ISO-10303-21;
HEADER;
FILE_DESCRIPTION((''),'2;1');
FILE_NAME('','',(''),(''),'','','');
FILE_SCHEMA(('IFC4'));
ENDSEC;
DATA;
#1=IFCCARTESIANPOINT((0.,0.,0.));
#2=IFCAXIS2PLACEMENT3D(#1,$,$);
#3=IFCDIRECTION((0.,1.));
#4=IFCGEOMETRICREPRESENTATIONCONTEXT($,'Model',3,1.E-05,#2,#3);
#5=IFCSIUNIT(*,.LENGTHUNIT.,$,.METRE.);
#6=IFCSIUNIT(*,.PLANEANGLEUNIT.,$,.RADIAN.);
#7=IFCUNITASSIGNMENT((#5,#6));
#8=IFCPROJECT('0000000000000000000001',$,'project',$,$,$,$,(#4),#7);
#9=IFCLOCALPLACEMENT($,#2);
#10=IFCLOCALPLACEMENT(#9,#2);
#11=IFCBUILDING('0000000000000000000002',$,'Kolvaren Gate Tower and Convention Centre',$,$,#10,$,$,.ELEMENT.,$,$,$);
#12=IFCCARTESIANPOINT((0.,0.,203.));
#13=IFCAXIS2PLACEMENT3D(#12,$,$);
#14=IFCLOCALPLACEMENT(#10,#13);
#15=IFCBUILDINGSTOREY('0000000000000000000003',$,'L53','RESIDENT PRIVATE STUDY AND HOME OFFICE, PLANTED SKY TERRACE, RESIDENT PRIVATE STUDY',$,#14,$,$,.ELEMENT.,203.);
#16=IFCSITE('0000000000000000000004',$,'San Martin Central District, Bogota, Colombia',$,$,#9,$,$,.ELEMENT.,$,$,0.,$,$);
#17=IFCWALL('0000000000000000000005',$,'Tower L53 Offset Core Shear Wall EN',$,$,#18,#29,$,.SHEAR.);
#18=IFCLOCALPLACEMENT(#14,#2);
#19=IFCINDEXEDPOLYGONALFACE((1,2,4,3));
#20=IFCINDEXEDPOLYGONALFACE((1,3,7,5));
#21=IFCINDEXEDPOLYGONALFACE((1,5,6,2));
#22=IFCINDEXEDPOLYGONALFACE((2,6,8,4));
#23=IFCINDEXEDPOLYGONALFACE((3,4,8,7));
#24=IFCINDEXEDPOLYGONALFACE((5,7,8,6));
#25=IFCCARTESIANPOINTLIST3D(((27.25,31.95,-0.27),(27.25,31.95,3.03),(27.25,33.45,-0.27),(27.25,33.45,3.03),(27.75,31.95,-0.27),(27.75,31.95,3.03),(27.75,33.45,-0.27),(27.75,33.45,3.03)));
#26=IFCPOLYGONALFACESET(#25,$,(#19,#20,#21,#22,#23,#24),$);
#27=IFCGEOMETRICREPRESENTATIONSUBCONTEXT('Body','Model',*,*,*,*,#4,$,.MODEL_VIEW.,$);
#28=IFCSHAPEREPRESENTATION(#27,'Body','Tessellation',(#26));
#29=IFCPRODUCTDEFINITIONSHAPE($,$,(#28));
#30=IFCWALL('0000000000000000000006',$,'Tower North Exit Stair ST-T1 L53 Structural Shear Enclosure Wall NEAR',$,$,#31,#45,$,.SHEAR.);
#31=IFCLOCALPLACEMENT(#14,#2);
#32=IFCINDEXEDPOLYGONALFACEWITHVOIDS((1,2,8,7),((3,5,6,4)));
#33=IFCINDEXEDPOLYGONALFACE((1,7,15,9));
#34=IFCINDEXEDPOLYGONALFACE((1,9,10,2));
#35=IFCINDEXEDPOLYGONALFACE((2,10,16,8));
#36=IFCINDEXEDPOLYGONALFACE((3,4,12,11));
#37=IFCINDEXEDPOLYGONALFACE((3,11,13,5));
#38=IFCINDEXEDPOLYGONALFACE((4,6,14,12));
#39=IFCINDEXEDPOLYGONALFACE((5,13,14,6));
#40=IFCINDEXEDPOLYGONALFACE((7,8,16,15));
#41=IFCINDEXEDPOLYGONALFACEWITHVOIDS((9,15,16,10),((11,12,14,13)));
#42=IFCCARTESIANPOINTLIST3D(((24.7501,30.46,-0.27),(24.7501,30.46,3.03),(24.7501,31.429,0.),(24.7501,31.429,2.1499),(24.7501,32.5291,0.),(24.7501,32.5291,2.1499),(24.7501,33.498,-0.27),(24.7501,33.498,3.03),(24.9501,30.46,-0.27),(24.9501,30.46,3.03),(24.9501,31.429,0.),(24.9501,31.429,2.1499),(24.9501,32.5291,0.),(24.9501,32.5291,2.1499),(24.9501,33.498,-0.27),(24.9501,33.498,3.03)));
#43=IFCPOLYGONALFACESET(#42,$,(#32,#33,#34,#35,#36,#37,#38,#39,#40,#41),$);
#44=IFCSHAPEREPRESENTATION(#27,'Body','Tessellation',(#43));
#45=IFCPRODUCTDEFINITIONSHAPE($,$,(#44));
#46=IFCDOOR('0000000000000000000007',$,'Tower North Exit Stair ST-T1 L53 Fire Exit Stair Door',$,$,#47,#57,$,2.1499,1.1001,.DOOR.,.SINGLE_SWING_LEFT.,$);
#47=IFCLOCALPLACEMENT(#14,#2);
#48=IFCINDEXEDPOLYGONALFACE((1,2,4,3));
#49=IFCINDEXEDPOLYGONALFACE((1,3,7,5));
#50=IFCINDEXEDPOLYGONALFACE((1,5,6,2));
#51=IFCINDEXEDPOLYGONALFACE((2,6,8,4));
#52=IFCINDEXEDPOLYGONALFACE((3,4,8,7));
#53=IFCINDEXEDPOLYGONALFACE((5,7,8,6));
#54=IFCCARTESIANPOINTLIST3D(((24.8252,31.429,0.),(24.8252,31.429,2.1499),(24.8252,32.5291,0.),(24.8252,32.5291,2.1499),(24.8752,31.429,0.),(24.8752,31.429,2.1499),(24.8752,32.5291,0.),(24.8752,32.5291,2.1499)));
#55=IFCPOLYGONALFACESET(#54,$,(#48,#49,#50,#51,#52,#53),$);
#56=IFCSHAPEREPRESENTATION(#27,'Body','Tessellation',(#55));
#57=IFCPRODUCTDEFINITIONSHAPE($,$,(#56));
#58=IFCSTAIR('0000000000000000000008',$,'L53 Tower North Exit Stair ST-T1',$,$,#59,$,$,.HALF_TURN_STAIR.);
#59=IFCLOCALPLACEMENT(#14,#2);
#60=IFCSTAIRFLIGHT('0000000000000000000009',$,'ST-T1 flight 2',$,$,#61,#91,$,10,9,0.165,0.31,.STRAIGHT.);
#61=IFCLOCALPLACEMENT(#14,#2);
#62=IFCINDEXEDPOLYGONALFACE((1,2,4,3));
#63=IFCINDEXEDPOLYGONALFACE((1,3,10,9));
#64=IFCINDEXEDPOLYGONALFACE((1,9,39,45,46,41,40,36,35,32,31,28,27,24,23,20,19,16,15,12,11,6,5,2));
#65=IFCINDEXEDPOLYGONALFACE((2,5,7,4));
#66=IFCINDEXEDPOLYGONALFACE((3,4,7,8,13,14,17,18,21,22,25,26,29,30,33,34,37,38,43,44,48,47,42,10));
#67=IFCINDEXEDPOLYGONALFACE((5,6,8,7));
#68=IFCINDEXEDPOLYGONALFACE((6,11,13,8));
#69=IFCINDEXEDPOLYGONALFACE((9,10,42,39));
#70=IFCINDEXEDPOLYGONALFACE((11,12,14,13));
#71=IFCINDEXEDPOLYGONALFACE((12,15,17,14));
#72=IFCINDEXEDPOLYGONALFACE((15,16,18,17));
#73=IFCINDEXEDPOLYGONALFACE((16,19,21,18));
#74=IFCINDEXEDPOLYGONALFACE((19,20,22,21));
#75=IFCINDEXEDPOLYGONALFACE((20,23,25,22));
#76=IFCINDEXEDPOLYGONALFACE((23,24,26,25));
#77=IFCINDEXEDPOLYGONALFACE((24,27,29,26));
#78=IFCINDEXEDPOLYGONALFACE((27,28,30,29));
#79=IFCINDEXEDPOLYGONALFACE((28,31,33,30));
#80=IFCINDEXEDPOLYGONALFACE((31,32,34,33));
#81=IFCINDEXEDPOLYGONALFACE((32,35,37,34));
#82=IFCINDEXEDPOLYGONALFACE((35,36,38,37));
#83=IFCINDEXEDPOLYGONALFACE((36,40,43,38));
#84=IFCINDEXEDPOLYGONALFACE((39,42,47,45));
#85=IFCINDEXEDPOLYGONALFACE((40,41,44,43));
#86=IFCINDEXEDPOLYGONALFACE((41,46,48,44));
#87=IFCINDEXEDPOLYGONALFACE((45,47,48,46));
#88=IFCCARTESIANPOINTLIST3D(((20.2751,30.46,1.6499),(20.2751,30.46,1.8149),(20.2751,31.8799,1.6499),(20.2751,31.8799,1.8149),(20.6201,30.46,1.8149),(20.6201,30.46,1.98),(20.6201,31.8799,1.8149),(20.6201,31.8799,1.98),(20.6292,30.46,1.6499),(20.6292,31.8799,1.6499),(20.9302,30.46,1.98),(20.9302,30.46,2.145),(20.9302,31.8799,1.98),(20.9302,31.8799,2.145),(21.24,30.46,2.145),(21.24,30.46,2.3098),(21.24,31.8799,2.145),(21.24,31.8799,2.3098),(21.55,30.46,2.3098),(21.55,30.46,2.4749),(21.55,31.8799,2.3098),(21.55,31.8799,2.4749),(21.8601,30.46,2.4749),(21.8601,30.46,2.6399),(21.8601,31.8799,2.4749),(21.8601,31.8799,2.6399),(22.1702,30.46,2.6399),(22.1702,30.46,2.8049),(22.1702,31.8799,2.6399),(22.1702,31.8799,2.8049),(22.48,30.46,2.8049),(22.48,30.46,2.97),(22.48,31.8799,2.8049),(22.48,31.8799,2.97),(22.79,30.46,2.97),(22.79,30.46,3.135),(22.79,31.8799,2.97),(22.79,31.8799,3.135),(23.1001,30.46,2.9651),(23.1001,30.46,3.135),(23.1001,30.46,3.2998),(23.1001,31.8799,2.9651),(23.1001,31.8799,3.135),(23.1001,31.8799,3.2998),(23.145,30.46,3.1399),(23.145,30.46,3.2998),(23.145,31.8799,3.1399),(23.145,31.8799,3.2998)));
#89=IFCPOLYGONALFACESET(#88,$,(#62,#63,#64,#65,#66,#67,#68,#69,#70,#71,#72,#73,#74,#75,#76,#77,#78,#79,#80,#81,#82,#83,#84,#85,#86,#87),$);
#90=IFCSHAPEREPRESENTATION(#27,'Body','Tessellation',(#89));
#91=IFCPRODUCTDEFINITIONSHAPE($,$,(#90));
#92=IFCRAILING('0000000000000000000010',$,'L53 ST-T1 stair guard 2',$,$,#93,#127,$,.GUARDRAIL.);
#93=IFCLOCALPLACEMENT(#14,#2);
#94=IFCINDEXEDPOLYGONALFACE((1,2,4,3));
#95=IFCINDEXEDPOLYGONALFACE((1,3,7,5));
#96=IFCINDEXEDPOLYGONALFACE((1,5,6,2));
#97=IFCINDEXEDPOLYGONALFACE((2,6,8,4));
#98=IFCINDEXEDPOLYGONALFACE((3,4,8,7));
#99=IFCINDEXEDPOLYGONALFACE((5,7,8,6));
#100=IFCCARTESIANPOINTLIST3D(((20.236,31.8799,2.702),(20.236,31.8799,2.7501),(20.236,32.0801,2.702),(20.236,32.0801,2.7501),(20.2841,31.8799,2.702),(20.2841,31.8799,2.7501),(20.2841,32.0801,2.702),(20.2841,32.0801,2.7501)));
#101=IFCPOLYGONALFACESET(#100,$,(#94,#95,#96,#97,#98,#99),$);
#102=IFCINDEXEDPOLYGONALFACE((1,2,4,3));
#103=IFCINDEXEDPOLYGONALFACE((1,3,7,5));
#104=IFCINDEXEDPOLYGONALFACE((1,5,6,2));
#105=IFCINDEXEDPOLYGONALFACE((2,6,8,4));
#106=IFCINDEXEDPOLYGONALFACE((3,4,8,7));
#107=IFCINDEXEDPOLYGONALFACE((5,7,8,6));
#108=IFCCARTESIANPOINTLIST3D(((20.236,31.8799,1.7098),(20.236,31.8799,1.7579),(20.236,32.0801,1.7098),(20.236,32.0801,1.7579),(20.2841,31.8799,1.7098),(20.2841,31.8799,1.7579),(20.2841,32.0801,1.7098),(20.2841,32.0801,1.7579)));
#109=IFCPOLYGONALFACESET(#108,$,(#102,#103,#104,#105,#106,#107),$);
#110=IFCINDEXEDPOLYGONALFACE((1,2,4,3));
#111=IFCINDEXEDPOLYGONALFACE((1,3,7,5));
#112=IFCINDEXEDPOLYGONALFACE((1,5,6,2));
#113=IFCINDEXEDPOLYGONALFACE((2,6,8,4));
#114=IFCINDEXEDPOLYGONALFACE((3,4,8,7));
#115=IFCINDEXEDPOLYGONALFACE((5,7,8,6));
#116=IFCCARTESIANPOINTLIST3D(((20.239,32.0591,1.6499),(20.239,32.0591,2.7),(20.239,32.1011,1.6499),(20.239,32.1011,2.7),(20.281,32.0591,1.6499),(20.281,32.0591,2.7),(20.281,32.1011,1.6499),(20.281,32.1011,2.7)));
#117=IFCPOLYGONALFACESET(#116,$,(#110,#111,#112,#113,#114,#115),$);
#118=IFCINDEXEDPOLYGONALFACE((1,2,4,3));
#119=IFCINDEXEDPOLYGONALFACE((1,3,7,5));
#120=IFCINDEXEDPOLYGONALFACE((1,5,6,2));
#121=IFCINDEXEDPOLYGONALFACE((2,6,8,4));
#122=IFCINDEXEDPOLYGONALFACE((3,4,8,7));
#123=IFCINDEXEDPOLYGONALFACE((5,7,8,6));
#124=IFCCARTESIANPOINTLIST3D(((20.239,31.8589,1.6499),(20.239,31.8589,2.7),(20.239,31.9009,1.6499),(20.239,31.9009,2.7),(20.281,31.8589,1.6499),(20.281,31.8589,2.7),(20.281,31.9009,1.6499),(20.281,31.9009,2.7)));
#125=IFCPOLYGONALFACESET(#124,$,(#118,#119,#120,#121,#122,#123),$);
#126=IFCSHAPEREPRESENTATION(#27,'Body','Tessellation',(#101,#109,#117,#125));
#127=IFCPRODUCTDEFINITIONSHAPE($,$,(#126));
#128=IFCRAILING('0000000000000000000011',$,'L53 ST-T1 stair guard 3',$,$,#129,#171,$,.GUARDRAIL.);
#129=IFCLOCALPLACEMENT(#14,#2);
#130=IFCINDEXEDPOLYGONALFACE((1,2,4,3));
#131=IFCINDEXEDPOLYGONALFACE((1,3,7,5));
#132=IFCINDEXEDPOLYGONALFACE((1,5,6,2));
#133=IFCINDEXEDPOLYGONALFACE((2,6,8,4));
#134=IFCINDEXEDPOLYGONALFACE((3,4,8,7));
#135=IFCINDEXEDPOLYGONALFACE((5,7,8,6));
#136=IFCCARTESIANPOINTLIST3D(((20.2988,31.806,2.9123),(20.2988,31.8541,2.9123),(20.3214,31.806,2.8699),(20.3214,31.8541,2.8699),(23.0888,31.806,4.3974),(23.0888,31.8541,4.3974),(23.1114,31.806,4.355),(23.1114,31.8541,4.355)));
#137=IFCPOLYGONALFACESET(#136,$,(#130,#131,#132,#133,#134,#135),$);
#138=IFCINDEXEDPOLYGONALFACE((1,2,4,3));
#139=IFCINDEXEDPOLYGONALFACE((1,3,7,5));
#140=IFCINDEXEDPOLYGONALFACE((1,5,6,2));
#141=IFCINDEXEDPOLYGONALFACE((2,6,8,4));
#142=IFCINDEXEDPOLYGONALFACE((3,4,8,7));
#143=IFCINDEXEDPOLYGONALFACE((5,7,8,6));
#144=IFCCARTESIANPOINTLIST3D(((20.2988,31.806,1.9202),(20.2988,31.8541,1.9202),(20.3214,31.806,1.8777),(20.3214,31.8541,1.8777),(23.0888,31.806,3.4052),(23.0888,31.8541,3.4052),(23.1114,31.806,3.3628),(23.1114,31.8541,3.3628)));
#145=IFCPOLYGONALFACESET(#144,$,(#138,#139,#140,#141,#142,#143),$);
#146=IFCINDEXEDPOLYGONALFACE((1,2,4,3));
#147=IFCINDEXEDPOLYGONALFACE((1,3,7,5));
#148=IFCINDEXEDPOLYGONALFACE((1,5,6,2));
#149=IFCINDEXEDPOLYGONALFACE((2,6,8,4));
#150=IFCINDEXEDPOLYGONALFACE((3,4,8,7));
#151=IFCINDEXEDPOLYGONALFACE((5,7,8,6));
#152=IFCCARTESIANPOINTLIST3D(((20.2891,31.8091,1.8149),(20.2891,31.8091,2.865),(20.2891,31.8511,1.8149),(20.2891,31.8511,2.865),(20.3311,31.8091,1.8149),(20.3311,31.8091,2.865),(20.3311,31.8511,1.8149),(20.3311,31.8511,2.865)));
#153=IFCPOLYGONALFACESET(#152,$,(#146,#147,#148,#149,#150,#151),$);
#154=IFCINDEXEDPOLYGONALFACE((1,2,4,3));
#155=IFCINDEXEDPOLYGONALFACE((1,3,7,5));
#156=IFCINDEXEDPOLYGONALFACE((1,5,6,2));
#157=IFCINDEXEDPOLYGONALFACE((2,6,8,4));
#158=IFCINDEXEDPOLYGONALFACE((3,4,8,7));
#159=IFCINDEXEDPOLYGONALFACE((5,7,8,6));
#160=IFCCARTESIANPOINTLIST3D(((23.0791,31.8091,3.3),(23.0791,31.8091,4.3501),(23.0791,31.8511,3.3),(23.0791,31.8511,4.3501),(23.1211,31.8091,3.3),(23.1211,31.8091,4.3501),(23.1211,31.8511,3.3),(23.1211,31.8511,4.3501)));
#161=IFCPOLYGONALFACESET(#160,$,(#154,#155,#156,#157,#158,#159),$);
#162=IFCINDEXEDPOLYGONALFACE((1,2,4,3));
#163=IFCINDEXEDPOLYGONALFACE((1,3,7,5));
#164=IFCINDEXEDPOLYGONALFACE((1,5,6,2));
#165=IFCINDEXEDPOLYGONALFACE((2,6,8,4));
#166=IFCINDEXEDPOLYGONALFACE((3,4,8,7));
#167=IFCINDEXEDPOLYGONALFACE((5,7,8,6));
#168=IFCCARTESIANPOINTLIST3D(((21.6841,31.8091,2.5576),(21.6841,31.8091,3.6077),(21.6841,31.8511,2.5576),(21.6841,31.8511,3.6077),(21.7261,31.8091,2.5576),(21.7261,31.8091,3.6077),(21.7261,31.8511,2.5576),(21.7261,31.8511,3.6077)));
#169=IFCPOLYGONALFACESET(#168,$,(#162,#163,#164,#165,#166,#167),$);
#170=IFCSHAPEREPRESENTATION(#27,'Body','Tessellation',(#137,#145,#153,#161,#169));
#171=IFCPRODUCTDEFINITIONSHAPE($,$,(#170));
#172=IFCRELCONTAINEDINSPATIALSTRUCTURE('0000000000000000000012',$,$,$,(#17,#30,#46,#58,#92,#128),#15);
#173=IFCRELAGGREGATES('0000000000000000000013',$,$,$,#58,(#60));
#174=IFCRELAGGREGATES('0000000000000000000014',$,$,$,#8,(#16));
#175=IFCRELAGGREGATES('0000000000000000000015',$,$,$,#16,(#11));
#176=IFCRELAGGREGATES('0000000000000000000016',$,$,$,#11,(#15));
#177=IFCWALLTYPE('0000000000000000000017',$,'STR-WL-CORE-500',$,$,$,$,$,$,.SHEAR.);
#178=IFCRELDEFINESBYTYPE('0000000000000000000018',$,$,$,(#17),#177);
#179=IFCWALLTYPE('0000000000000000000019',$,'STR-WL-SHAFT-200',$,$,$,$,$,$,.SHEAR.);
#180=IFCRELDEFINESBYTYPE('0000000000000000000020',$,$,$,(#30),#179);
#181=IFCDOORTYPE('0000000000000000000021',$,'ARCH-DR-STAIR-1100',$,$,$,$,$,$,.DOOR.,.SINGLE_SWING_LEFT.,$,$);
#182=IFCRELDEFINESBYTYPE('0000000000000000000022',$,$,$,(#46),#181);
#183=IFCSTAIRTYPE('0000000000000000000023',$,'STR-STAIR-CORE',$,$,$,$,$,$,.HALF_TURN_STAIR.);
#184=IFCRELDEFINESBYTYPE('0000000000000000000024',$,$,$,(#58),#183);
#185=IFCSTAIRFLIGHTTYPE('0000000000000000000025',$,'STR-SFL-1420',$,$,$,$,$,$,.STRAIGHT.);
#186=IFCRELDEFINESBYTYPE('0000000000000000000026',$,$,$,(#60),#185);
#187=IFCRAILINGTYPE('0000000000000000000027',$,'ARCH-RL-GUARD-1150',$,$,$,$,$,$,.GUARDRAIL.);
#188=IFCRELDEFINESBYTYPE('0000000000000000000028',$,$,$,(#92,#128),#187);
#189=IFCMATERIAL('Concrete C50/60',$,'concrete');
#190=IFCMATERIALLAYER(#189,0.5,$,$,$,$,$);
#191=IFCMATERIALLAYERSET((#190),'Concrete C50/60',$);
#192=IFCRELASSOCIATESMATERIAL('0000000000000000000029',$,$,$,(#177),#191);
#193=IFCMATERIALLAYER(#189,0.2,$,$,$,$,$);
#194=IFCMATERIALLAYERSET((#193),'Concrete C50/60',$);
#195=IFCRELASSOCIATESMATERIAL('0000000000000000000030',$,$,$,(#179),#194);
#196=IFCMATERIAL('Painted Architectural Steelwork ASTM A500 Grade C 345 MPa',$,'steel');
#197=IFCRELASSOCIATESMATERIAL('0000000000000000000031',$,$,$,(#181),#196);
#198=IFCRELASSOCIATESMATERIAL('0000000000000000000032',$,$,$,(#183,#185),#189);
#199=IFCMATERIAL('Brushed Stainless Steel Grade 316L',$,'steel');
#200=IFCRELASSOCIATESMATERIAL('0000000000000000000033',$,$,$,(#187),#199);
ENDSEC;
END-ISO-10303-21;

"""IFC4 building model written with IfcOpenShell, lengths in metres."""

from ifc_helpers import new_model, si_unit, direction, frame, frame_2d, origin, origin_2d, place, context, subcontext, project, spatial, polyline, rectangle, outline, extrude, material, layer, layer_set, type_object, element, fill, aggregate, save


model = new_model("IFC4")

# Units and contexts
model_context = context("Model", 3, precision=1e-05, world=origin(), true_north=direction((0.0, 1.0)))
body_context = subcontext(model_context, "Body", "Model", "MODEL_VIEW")
ifc_project = project(units=[si_unit("LENGTHUNIT", "METRE"), si_unit("PLANEANGLEUNIT", "RADIAN")], contexts=[model_context])

# Site, building, storey
site_placement = place(None, origin())
site = spatial("IfcSite", under=ifc_project, at=site_placement, Name="San Martin Central District, Bogota, Colombia", CompositionType="ELEMENT", RefElevation=0.0)
building_placement = place(site_placement, origin())
building = spatial("IfcBuilding", under=site, at=building_placement, Name="Kolvaren Gate Tower and Convention Centre", CompositionType="ELEMENT")
storey_placement = place(building_placement, frame((0.0, 0.0, 203.0)))
storey = spatial("IfcBuildingStorey", under=building, at=storey_placement, Name="L53", Description="RESIDENT PRIVATE STUDY AND HOME OFFICE, PLANTED SKY TERRACE, RESIDENT PRIVATE STUDY", CompositionType="ELEMENT", Elevation=203.0)

# Shared definitions
ifc_material_1 = material(Name="Brushed Stainless Steel Grade 316L", Category="steel")

# Wall
ifc_material_2 = material(Name="Concrete C50/60", Category="concrete")
ifc_layer_1 = layer(ifc_material_2, 0.5)
ifc_layer_set_1 = layer_set([ifc_layer_1], Name="Concrete C50/60")
wall_type_1 = type_object("IfcWallType", Name="STR-WL-CORE-500", PredefinedType="SHEAR", material=ifc_layer_set_1)
wall_1_placement = place(storey_placement, frame((27.5, 31.95, -0.27), z_axis=(0.0, 0.0, 1.0), x_axis=(0.0, 1.0, 0.0)))
element("IfcWall", 1, at=wall_1_placement, inside=storey, type_object=wall_type_1, Name="Tower L53 Offset Core Shear Wall EN", PredefinedType="SHEAR", context=body_context, shape_type="SweptSolid", body=[
    extrude(rectangle(XDim=1.5, YDim=0.5, at=frame_2d((0.75, 0.0))), origin(), (0.0, 0.0, 1.0), 3.3),
])

# Wall, opening, door
ifc_layer_2 = layer(ifc_material_2, 0.2)
ifc_layer_set_2 = layer_set([ifc_layer_2], Name="Concrete C50/60")
wall_type_2 = type_object("IfcWallType", Name="STR-WL-SHAFT-200", PredefinedType="SHEAR", material=ifc_layer_set_2)
wall_2_placement = place(storey_placement, frame((24.8501, 30.46, -0.27), z_axis=(0.0, 0.0, 1.0), x_axis=(0.0, 1.0, 0.0)))
wall_2 = element("IfcWall", 2, at=wall_2_placement, inside=storey, type_object=wall_type_2, Name="Tower North Exit Stair ST-T1 L53 Structural Shear Enclosure Wall NEAR", PredefinedType="SHEAR", context=body_context, shape_type="SweptSolid", body=[
    extrude(rectangle(XDim=3.0381, YDim=0.2, at=frame_2d((1.519, 0.0))), origin(), (0.0, 0.0, 1.0), 3.3),
])
opening_1_placement = place(wall_2_placement, frame((0.969, 0.0, 0.27)))
opening_1 = element("IfcOpeningElement", 3, at=opening_1_placement, cuts=wall_2, PredefinedType="OPENING", context=body_context, shape_type="SweptSolid", body=[
    extrude(rectangle(XDim=1.1001, YDim=2.1499, at=frame_2d((0.55, 1.075))), frame((0.0, 0.1099, 0.0), z_axis=(0.0, -1.0, 0.0), x_axis=(1.0, 0.0, 0.0)), (0.0, 0.0, 1.0), 0.22),
])
ifc_material_3 = material(Name="Painted Architectural Steelwork ASTM A500 Grade C 345 MPa", Category="steel")
door_type_1 = type_object("IfcDoorType", Name="ARCH-DR-STAIR-1100", OperationType="SINGLE_SWING_LEFT", PredefinedType="DOOR", material=ifc_material_3)
door_1_placement = place(opening_1_placement, origin())
door_1 = element("IfcDoor", 4, at=door_1_placement, inside=storey, type_object=door_type_1, Name="Tower North Exit Stair ST-T1 L53 Fire Exit Stair Door", OperationType="SINGLE_SWING_LEFT", OverallHeight=2.1499, OverallWidth=1.1001, PredefinedType="DOOR", context=body_context, shape_type="SweptSolid", body=[
    extrude(rectangle(XDim=1.1001, YDim=2.1499, at=frame_2d((0.55, 1.075))), frame((0.0, 0.0249, 0.0), z_axis=(0.0, -1.0, 0.0), x_axis=(1.0, 0.0, 0.0)), (0.0, 0.0, 1.0), 0.05),
])
fill(opening_1, door_1)

# Stair, stair flight
stair_type = type_object("IfcStairType", Name="STR-STAIR-CORE", PredefinedType="HALF_TURN_STAIR", material=ifc_material_2)
stair_placement = place(storey_placement, origin())
stair = element("IfcStair", 5, at=stair_placement, inside=storey, type_object=stair_type, Name="L53 Tower North Exit Stair ST-T1", PredefinedType="HALF_TURN_STAIR")
stair_flight_type = type_object("IfcStairFlightType", Name="STR-SFL-1420", PredefinedType="STRAIGHT", material=ifc_material_2)
stair_flight_placement = place(storey_placement, frame((20.3101, 31.1699, 1.6499), z_axis=(0.0, 0.0, 1.0), x_axis=(1.0, 0.0, 0.0)))
stair_flight = element("IfcStairFlight", 6, at=stair_flight_placement, type_object=stair_flight_type, Name="ST-T1 flight 2", NumberOfRisers=10, NumberOfTreads=9, PredefinedType="STRAIGHT", RiserHeight=0.165, TreadLength=0.31, context=body_context, shape_type="SweptSolid", body=[
    extrude(outline(polyline([(-0.0349, 0.0), (-0.0349, 0.165), (0.3101, 0.165), (0.3101, 0.3301), (0.6201, 0.3301), (0.6201, 0.4951), (0.9299, 0.4951), (0.9299, 0.6599), (1.24, 0.6599), (1.24, 0.825), (1.55, 0.825), (1.55, 0.99), (1.8601, 0.99), (1.8601, 1.155), (2.1699, 1.155), (2.1699, 1.3201), (2.48, 1.3201), (2.48, 1.4851), (2.79, 1.4851), (2.79, 1.6499), (2.835, 1.6499), (2.835, 1.49), (2.79, 1.3152), (0.3191, 0.0), (-0.0349, 0.0)])), frame((0.0, 0.71, 0.0), z_axis=(0.0, -1.0, 0.0), x_axis=(1.0, 0.0, 0.0)), (0.0, 0.0, 1.0), 1.4199),
])
aggregate(stair, [stair_flight])

# Railings
railing_type_1 = type_object("IfcRailingType", Name="ARCH-RL-GUARD-1150", PredefinedType="GUARDRAIL", material=ifc_material_1)
railing_1_placement = place(storey_placement, frame((20.26, 32.0801, 1.6499)))
element("IfcRailing", 7, at=railing_1_placement, inside=storey, type_object=railing_type_1, Name="L53 ST-T1 stair guard 2", PredefinedType="GUARDRAIL", context=body_context, shape_type="SweptSolid", body=[
    extrude(rectangle(XDim=0.0481, YDim=0.0481, at=origin_2d()), frame((0.0, 0.0, 1.0762), z_axis=(0.0, -1.0, 0.0), x_axis=(1.0, 0.0, 0.0)), (0.0, 0.0, 1.0), 0.2002),
    extrude(rectangle(XDim=0.0481, YDim=0.0481, at=origin_2d()), frame((0.0, 0.0, 0.084), z_axis=(0.0, -1.0, 0.0), x_axis=(1.0, 0.0, 0.0)), (0.0, 0.0, 1.0), 0.2002),
    extrude(rectangle(XDim=0.042, YDim=0.042, at=origin_2d()), origin(), (0.0, 0.0, 1.0), 1.05),
    extrude(rectangle(XDim=0.042, YDim=0.042, at=origin_2d()), frame((0.0, -0.2002, 0.0)), (0.0, 0.0, 1.0), 1.05),
])
railing_2_placement = place(storey_placement, frame((20.3101, 31.8301, 1.8149)))
element("IfcRailing", 8, at=railing_2_placement, inside=storey, type_object=railing_type_1, Name="L53 ST-T1 stair guard 3", PredefinedType="GUARDRAIL", context=body_context, shape_type="SweptSolid", body=[
    extrude(rectangle(XDim=0.0481, YDim=0.0481, at=origin_2d()), frame((0.0, 0.0, 1.0762), z_axis=(0.882735, 0.0, 0.46987), x_axis=(0.0, 1.0, 0.0)), (0.0, 0.0, 1.0), 3.1606),
    extrude(rectangle(XDim=0.0481, YDim=0.0481, at=origin_2d()), frame((0.0, 0.0, 0.084), z_axis=(0.882735, 0.0, 0.46987), x_axis=(0.0, 1.0, 0.0)), (0.0, 0.0, 1.0), 3.1606),
    extrude(rectangle(XDim=0.042, YDim=0.042, at=origin_2d()), origin(), (0.0, 0.0, 1.0), 1.05),
    extrude(rectangle(XDim=0.042, YDim=0.042, at=origin_2d()), frame((2.79, 0.0, 1.4851)), (0.0, 0.0, 1.0), 1.05),
    extrude(rectangle(XDim=0.042, YDim=0.042, at=origin_2d()), frame((1.395, 0.0, 0.7427)), (0.0, 0.0, 1.0), 1.05),
])

save(model, "model.ifc")
